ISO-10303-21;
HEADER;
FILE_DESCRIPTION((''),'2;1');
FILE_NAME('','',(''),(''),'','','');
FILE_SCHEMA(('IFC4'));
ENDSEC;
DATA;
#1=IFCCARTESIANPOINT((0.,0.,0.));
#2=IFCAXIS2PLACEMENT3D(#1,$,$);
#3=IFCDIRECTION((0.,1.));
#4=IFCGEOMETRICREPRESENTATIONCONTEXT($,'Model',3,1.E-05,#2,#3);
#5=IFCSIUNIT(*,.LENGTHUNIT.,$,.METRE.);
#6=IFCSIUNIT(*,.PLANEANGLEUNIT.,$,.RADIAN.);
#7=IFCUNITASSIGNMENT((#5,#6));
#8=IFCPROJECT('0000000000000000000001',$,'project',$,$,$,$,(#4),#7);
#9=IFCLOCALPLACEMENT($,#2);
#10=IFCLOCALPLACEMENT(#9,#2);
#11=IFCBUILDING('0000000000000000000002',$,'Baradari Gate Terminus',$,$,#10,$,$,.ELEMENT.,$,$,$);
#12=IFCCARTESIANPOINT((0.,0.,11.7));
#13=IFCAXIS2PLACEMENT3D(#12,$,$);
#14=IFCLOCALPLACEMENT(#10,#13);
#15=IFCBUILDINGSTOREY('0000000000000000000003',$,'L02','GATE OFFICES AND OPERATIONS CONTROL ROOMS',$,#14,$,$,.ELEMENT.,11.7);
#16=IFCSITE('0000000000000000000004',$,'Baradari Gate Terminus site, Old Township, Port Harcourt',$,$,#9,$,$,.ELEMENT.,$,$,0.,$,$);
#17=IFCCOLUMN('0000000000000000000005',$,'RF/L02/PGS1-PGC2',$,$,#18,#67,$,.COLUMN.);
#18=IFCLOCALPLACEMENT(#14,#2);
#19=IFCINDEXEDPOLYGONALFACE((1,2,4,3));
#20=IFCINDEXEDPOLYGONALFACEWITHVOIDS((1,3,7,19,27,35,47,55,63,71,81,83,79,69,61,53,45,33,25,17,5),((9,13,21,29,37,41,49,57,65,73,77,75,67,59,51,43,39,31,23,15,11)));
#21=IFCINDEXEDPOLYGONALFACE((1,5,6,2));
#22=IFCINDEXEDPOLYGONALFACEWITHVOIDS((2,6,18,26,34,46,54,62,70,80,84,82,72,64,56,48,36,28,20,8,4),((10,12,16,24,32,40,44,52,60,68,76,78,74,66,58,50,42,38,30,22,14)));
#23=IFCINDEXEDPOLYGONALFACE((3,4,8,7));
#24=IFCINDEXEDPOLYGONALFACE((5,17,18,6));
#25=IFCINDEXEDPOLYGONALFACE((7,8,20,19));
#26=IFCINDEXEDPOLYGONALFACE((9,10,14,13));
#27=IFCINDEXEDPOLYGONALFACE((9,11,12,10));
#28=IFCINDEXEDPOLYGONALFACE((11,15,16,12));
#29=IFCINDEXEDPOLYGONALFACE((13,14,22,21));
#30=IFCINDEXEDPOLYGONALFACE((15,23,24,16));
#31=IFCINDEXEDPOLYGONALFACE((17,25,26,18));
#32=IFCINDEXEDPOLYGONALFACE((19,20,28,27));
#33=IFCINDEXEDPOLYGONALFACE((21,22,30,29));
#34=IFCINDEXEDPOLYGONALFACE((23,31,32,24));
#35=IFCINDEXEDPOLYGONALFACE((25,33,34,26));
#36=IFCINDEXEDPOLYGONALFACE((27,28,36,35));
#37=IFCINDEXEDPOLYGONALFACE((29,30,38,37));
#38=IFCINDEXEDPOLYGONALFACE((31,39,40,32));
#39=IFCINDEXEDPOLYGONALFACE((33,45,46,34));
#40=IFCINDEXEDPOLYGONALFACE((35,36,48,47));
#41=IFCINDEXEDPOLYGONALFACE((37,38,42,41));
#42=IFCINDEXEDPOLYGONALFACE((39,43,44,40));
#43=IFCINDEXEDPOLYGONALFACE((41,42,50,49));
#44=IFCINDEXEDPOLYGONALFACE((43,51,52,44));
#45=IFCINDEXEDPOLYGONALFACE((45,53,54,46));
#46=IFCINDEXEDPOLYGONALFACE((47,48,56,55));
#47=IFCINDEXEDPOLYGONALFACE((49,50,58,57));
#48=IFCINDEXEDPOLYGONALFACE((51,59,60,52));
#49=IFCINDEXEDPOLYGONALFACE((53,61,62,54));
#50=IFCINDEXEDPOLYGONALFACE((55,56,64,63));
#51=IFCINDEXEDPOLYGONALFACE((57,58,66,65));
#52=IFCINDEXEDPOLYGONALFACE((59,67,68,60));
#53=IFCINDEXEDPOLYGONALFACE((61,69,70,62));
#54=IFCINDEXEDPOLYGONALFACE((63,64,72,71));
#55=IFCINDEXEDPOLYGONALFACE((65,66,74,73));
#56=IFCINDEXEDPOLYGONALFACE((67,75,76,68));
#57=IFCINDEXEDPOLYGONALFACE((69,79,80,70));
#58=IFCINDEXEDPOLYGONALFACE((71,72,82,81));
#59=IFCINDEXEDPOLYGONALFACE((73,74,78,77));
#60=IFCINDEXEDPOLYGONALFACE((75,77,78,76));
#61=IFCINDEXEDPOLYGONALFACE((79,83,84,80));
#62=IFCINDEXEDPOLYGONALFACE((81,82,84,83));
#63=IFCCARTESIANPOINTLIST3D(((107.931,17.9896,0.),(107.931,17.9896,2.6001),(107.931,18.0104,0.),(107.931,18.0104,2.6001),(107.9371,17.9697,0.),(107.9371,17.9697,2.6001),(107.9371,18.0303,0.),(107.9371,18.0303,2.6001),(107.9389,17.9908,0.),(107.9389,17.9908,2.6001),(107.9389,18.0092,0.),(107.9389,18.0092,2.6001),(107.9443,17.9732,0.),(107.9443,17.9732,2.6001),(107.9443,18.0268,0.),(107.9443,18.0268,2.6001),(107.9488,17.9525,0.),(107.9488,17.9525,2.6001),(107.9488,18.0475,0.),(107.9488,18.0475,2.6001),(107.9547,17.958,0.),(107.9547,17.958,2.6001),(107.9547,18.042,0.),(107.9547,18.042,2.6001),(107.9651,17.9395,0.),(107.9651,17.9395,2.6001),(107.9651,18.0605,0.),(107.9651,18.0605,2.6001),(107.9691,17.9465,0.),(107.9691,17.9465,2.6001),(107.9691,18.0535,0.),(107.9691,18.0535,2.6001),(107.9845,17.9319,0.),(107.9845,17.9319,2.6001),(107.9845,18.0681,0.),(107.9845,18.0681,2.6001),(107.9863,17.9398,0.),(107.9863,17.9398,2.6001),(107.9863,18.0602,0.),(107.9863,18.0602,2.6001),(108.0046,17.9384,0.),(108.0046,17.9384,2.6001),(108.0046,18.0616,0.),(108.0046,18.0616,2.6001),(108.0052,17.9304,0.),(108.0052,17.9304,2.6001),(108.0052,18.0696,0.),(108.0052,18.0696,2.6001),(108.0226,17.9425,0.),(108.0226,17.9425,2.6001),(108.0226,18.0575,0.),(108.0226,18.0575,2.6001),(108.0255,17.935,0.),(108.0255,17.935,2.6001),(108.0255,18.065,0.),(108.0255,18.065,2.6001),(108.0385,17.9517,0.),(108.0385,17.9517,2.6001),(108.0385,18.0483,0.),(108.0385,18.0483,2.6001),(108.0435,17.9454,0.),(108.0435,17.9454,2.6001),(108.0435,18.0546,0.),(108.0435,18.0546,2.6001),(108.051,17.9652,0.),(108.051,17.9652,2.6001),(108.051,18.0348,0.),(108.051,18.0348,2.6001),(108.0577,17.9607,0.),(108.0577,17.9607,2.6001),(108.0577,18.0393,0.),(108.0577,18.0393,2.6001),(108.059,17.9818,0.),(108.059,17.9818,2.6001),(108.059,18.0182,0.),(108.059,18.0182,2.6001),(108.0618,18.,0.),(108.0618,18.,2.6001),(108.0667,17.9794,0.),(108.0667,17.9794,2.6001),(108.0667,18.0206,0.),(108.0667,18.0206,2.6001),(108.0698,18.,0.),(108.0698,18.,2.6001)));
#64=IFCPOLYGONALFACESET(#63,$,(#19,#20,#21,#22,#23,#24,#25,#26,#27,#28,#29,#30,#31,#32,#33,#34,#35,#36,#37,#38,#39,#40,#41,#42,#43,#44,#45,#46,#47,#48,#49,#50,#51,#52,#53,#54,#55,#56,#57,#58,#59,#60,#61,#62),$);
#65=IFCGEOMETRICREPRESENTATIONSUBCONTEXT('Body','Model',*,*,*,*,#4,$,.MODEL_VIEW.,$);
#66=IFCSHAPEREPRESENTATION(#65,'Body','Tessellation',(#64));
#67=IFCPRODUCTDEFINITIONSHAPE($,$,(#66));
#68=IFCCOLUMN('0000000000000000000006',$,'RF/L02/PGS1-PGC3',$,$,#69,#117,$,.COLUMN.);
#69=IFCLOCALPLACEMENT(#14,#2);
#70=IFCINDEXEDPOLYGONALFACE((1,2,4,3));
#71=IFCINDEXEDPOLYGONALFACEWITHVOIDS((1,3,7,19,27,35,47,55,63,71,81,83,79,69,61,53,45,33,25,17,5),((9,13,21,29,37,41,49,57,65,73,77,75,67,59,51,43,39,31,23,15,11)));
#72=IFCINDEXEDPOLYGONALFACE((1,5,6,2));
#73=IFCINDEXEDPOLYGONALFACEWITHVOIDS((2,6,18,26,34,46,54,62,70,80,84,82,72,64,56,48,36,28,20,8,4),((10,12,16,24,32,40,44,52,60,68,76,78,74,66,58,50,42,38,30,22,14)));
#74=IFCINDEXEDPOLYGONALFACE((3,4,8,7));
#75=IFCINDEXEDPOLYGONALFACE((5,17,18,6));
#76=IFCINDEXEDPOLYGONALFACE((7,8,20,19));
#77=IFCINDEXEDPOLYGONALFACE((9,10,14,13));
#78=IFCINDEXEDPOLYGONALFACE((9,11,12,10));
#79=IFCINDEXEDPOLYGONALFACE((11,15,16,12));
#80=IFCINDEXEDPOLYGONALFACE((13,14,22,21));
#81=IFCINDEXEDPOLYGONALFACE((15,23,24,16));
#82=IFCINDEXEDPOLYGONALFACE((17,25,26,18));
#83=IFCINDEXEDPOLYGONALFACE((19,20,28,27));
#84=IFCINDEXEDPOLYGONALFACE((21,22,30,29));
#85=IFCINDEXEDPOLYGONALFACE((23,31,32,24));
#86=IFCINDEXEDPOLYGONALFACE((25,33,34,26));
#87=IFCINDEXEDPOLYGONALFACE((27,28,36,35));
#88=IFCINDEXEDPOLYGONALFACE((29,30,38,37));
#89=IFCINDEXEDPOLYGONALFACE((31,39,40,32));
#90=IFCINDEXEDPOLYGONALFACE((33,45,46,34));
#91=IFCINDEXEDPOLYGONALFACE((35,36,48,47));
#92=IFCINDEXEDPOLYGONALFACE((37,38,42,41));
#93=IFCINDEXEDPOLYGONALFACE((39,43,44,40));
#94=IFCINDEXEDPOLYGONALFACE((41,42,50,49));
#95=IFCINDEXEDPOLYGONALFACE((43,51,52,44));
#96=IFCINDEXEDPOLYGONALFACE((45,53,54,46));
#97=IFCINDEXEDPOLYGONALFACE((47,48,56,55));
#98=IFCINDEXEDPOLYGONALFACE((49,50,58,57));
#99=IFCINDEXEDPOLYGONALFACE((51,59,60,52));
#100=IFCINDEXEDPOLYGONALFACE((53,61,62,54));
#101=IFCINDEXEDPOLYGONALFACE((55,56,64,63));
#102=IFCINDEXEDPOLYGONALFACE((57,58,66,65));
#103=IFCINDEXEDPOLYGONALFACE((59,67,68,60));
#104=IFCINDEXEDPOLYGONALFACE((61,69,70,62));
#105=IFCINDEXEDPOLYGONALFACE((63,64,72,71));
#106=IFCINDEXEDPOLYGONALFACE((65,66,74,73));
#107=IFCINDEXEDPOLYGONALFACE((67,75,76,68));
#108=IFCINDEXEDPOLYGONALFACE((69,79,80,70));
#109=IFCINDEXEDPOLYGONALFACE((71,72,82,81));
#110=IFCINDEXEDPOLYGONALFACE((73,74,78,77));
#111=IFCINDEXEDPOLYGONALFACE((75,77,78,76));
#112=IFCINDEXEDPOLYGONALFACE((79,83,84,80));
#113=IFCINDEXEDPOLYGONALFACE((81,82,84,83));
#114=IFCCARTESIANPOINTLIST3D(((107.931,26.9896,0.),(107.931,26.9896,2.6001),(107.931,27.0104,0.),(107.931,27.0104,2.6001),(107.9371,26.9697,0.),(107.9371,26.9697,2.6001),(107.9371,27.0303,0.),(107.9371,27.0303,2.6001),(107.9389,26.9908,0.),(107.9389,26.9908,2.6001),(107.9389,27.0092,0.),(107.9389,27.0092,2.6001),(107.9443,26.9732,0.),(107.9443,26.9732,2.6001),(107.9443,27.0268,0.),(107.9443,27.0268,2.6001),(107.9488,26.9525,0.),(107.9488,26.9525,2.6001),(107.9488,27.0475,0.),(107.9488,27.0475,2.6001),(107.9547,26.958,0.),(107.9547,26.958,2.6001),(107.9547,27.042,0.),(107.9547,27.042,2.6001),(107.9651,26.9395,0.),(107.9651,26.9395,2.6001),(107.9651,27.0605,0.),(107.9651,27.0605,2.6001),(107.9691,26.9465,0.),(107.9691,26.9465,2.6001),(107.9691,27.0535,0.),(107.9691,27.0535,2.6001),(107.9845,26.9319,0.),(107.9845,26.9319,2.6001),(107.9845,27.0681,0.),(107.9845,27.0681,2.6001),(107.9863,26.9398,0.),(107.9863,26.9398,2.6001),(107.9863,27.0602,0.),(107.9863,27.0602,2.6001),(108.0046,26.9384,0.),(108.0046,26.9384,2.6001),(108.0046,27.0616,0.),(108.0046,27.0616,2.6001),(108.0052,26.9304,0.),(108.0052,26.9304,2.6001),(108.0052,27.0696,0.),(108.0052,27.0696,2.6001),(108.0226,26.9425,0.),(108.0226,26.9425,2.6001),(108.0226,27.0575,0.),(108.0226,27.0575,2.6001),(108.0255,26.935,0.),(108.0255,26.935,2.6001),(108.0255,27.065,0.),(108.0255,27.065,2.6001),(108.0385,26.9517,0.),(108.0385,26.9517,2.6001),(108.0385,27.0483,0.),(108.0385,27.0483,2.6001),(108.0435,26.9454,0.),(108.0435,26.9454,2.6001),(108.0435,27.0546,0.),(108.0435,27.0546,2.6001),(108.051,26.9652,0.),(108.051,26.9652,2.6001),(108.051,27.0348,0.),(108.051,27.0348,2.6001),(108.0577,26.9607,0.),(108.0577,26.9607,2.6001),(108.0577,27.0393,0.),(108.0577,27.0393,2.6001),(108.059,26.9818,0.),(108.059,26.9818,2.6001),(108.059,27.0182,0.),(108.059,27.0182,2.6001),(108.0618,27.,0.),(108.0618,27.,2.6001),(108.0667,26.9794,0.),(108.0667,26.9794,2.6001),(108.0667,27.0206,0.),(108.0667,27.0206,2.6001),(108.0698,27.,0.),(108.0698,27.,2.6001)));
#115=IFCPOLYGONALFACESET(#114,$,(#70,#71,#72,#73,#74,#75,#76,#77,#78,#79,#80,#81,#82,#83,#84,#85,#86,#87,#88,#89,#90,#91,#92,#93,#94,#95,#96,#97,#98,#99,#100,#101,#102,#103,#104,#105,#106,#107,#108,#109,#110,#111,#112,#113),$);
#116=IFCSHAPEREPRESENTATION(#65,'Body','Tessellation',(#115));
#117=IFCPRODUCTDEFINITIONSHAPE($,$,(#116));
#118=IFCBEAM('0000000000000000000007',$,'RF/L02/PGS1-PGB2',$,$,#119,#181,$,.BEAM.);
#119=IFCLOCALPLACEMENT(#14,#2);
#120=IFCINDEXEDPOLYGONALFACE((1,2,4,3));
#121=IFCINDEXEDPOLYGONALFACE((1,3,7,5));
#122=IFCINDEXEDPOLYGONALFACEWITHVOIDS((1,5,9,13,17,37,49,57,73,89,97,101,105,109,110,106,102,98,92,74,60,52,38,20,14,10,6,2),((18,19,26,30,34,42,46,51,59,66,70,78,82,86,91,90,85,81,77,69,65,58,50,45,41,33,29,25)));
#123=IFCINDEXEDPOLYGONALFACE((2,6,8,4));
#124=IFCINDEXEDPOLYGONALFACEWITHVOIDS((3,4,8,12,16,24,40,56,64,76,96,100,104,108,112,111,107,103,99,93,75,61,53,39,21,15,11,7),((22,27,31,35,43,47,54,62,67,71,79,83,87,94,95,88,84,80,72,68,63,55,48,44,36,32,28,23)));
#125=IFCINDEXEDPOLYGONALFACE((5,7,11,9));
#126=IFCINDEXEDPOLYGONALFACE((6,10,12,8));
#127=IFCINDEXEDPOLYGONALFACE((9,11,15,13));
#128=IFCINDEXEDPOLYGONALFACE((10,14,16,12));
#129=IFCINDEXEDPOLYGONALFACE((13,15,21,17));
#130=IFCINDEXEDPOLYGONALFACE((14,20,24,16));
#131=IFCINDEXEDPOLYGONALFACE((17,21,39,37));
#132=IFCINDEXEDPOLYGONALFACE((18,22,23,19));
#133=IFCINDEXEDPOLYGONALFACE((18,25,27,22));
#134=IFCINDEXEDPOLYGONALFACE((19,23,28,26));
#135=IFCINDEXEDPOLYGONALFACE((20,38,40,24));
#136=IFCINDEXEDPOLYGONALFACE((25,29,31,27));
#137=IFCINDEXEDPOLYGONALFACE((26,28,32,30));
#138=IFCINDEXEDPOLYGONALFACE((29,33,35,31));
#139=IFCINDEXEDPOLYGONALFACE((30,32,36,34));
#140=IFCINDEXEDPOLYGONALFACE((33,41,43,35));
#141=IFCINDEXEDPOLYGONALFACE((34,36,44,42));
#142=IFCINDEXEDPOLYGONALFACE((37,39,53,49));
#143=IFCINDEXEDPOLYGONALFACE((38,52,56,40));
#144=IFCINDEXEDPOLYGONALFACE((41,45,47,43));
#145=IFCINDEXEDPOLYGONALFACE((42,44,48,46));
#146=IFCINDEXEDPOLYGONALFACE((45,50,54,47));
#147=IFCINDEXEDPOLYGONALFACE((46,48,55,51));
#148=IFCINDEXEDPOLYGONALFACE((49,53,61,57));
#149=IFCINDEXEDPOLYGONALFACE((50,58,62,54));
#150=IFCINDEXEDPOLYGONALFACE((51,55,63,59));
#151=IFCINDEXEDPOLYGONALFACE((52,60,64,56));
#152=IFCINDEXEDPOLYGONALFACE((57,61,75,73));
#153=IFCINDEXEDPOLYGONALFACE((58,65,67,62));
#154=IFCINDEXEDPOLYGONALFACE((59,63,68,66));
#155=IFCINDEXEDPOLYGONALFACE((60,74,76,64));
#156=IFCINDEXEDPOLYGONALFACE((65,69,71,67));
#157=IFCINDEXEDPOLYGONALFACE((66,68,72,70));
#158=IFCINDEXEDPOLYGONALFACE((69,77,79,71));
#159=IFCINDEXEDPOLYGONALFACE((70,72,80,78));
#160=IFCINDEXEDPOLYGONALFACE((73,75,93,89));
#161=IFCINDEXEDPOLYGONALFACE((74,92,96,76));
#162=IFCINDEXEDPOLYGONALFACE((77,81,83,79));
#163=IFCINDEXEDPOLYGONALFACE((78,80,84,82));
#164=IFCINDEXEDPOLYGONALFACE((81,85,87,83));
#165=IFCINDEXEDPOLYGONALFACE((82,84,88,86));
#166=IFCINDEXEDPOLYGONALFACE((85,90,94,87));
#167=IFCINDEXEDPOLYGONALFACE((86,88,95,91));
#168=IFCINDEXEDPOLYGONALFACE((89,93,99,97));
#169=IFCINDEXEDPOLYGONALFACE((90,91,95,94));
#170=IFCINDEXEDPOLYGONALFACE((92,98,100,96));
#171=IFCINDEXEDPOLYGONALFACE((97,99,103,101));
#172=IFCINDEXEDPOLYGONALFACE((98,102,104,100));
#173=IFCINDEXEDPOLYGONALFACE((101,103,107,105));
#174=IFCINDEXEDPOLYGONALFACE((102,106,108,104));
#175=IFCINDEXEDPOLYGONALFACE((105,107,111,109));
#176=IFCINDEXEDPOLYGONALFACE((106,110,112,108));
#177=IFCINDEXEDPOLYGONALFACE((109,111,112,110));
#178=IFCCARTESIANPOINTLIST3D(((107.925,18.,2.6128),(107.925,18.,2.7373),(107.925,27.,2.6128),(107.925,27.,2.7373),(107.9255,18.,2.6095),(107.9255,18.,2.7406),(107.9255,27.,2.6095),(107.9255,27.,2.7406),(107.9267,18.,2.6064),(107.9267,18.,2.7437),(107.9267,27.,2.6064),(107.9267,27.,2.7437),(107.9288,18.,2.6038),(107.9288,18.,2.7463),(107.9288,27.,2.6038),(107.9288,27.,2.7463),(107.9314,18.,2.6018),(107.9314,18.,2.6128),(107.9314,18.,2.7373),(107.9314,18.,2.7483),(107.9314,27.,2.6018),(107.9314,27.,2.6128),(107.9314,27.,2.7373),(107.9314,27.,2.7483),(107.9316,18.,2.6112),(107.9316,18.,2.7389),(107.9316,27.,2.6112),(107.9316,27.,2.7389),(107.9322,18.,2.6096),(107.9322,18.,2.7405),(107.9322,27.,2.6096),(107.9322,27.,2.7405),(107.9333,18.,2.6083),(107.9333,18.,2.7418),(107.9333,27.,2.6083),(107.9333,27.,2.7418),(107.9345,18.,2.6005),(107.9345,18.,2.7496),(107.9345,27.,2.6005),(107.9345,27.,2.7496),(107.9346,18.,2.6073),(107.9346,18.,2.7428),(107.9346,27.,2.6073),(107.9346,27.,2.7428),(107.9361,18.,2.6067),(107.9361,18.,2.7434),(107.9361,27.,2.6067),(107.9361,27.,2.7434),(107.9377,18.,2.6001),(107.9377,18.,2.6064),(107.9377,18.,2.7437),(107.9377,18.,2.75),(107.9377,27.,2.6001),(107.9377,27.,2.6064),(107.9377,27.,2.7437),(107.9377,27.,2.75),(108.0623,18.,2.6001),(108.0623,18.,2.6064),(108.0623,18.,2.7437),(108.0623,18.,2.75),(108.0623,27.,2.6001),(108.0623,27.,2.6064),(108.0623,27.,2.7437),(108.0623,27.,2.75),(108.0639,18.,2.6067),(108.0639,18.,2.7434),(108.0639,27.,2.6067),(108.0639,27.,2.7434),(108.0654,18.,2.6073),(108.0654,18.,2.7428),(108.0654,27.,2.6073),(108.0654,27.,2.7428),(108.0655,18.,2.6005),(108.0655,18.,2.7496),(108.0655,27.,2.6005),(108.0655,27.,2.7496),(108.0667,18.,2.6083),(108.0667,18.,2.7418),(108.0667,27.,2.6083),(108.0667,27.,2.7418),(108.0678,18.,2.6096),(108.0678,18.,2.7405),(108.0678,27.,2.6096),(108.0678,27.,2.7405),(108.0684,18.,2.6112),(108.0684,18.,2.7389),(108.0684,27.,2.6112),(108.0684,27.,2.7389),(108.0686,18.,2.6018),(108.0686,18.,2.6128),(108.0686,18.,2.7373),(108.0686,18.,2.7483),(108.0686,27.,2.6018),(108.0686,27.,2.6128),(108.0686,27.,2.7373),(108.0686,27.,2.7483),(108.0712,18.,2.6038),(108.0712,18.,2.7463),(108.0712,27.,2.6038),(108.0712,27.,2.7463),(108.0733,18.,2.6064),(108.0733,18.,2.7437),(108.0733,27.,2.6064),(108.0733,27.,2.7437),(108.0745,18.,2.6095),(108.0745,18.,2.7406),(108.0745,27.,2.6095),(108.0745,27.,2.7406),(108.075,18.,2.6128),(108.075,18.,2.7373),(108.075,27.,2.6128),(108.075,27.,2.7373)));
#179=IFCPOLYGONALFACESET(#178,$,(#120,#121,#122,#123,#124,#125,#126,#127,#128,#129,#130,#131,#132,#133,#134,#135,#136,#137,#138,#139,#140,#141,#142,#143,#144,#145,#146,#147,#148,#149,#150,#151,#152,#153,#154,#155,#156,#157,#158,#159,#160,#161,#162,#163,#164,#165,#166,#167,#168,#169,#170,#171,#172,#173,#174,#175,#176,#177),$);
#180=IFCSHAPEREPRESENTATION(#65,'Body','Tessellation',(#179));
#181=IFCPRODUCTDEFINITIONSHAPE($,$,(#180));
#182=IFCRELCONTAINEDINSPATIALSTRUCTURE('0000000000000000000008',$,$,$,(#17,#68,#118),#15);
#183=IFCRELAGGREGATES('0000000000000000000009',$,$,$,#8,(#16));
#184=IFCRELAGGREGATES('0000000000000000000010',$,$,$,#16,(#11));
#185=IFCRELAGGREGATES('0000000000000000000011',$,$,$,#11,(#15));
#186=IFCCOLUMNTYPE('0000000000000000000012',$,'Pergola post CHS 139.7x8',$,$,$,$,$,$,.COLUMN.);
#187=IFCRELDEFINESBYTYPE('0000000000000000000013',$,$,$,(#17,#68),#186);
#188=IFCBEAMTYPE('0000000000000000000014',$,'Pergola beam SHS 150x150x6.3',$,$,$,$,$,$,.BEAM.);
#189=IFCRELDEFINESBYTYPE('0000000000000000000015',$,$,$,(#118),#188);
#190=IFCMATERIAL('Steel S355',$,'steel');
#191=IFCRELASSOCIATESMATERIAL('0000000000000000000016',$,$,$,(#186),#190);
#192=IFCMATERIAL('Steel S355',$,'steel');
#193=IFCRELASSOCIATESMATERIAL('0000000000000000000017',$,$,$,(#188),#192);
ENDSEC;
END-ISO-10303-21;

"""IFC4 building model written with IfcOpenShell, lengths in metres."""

from ifc_helpers import new_model, si_unit, direction, frame, origin, origin_2d, place, context, subcontext, project, spatial, hollow_rectangle, hollow_circle, extrude, material, material_profile, profile_set, type_object, element, save


model = new_model("IFC4")

# Units and contexts
model_context = context("Model", 3, precision=1e-05, world=origin(), true_north=direction((0.0, 1.0)))
body_context = subcontext(model_context, "Body", "Model", "MODEL_VIEW")
ifc_project = project(units=[si_unit("LENGTHUNIT", "METRE"), si_unit("PLANEANGLEUNIT", "RADIAN")], contexts=[model_context])

# Site, building, storey
site_placement = place(None, origin())
site = spatial("IfcSite", under=ifc_project, at=site_placement, Name="Baradari Gate Terminus site, Old Township, Port Harcourt", CompositionType="ELEMENT", RefElevation=0.0)
building_placement = place(site_placement, origin())
building = spatial("IfcBuilding", under=site, at=building_placement, Name="Baradari Gate Terminus", CompositionType="ELEMENT")
storey_placement = place(building_placement, frame((0.0, 0.0, 11.7)))
storey = spatial("IfcBuildingStorey", under=building, at=storey_placement, Name="L02", Description="GATE OFFICES AND OPERATIONS CONTROL ROOMS", CompositionType="ELEMENT", Elevation=11.7)

# Columns
ifc_material_1 = material(Name="Steel S355", Category="steel")
ifc_material_profile_1 = material_profile(ifc_material_1, hollow_circle(Radius=0.0698, WallThickness=0.0081, at=origin_2d()), Name="CHS 139.7x8")
ifc_profile_set_1 = profile_set([ifc_material_profile_1], Name="Steel S355")
column_type = type_object("IfcColumnType", Name="Pergola post CHS 139.7x8", PredefinedType="COLUMN", material=ifc_profile_set_1)
for number, where, z_axis, x_axis, name in (
    (1, (108.0, 18.0, 0.0), (0.0, 0.0, 1.0), (1.0, 0.0, 0.0), "RF/L02/PGS1-PGC2"),
    (2, (108.0, 27.0, 0.0), (0.0, 0.0, 1.0), (1.0, 0.0, 0.0), "RF/L02/PGS1-PGC3"),
):
    element("IfcColumn", number, at=place(storey_placement, frame(where, z_axis=z_axis, x_axis=x_axis)), inside=storey, type_object=column_type, Name=name, PredefinedType="COLUMN", context=body_context, shape_type="SweptSolid", body=[
        extrude(hollow_circle(Radius=0.0698, WallThickness=0.0081, at=origin_2d()), origin(), (0.0, 0.0, 1.0), 2.6001),
    ])

# Beam
ifc_material_2 = material(Name="Steel S355", Category="steel")
ifc_material_profile_2 = material_profile(ifc_material_2, hollow_rectangle(XDim=0.1499, YDim=0.1499, WallThickness=0.0063, InnerFilletRadius=0.0063, OuterFilletRadius=0.0127, at=origin_2d()), Name="SHS 150x150x6.3")
ifc_profile_set_2 = profile_set([ifc_material_profile_2], Name="Steel S355")
beam_type = type_object("IfcBeamType", Name="Pergola beam SHS 150x150x6.3", PredefinedType="BEAM", material=ifc_profile_set_2)
beam_placement = place(storey_placement, frame((108.0, 18.0, 2.675), z_axis=(0.0, 1.0, 0.0), x_axis=(-1.0, 0.0, 0.0)))
element("IfcBeam", 3, at=beam_placement, inside=storey, type_object=beam_type, Name="RF/L02/PGS1-PGB2", PredefinedType="BEAM", context=body_context, shape_type="SweptSolid", body=[
    extrude(hollow_rectangle(XDim=0.1499, YDim=0.1499, WallThickness=0.0063, InnerFilletRadius=0.0063, OuterFilletRadius=0.0127, at=origin_2d()), origin(), (0.0, 0.0, 1.0), 9.0),
])

save(model, "model.ifc")
